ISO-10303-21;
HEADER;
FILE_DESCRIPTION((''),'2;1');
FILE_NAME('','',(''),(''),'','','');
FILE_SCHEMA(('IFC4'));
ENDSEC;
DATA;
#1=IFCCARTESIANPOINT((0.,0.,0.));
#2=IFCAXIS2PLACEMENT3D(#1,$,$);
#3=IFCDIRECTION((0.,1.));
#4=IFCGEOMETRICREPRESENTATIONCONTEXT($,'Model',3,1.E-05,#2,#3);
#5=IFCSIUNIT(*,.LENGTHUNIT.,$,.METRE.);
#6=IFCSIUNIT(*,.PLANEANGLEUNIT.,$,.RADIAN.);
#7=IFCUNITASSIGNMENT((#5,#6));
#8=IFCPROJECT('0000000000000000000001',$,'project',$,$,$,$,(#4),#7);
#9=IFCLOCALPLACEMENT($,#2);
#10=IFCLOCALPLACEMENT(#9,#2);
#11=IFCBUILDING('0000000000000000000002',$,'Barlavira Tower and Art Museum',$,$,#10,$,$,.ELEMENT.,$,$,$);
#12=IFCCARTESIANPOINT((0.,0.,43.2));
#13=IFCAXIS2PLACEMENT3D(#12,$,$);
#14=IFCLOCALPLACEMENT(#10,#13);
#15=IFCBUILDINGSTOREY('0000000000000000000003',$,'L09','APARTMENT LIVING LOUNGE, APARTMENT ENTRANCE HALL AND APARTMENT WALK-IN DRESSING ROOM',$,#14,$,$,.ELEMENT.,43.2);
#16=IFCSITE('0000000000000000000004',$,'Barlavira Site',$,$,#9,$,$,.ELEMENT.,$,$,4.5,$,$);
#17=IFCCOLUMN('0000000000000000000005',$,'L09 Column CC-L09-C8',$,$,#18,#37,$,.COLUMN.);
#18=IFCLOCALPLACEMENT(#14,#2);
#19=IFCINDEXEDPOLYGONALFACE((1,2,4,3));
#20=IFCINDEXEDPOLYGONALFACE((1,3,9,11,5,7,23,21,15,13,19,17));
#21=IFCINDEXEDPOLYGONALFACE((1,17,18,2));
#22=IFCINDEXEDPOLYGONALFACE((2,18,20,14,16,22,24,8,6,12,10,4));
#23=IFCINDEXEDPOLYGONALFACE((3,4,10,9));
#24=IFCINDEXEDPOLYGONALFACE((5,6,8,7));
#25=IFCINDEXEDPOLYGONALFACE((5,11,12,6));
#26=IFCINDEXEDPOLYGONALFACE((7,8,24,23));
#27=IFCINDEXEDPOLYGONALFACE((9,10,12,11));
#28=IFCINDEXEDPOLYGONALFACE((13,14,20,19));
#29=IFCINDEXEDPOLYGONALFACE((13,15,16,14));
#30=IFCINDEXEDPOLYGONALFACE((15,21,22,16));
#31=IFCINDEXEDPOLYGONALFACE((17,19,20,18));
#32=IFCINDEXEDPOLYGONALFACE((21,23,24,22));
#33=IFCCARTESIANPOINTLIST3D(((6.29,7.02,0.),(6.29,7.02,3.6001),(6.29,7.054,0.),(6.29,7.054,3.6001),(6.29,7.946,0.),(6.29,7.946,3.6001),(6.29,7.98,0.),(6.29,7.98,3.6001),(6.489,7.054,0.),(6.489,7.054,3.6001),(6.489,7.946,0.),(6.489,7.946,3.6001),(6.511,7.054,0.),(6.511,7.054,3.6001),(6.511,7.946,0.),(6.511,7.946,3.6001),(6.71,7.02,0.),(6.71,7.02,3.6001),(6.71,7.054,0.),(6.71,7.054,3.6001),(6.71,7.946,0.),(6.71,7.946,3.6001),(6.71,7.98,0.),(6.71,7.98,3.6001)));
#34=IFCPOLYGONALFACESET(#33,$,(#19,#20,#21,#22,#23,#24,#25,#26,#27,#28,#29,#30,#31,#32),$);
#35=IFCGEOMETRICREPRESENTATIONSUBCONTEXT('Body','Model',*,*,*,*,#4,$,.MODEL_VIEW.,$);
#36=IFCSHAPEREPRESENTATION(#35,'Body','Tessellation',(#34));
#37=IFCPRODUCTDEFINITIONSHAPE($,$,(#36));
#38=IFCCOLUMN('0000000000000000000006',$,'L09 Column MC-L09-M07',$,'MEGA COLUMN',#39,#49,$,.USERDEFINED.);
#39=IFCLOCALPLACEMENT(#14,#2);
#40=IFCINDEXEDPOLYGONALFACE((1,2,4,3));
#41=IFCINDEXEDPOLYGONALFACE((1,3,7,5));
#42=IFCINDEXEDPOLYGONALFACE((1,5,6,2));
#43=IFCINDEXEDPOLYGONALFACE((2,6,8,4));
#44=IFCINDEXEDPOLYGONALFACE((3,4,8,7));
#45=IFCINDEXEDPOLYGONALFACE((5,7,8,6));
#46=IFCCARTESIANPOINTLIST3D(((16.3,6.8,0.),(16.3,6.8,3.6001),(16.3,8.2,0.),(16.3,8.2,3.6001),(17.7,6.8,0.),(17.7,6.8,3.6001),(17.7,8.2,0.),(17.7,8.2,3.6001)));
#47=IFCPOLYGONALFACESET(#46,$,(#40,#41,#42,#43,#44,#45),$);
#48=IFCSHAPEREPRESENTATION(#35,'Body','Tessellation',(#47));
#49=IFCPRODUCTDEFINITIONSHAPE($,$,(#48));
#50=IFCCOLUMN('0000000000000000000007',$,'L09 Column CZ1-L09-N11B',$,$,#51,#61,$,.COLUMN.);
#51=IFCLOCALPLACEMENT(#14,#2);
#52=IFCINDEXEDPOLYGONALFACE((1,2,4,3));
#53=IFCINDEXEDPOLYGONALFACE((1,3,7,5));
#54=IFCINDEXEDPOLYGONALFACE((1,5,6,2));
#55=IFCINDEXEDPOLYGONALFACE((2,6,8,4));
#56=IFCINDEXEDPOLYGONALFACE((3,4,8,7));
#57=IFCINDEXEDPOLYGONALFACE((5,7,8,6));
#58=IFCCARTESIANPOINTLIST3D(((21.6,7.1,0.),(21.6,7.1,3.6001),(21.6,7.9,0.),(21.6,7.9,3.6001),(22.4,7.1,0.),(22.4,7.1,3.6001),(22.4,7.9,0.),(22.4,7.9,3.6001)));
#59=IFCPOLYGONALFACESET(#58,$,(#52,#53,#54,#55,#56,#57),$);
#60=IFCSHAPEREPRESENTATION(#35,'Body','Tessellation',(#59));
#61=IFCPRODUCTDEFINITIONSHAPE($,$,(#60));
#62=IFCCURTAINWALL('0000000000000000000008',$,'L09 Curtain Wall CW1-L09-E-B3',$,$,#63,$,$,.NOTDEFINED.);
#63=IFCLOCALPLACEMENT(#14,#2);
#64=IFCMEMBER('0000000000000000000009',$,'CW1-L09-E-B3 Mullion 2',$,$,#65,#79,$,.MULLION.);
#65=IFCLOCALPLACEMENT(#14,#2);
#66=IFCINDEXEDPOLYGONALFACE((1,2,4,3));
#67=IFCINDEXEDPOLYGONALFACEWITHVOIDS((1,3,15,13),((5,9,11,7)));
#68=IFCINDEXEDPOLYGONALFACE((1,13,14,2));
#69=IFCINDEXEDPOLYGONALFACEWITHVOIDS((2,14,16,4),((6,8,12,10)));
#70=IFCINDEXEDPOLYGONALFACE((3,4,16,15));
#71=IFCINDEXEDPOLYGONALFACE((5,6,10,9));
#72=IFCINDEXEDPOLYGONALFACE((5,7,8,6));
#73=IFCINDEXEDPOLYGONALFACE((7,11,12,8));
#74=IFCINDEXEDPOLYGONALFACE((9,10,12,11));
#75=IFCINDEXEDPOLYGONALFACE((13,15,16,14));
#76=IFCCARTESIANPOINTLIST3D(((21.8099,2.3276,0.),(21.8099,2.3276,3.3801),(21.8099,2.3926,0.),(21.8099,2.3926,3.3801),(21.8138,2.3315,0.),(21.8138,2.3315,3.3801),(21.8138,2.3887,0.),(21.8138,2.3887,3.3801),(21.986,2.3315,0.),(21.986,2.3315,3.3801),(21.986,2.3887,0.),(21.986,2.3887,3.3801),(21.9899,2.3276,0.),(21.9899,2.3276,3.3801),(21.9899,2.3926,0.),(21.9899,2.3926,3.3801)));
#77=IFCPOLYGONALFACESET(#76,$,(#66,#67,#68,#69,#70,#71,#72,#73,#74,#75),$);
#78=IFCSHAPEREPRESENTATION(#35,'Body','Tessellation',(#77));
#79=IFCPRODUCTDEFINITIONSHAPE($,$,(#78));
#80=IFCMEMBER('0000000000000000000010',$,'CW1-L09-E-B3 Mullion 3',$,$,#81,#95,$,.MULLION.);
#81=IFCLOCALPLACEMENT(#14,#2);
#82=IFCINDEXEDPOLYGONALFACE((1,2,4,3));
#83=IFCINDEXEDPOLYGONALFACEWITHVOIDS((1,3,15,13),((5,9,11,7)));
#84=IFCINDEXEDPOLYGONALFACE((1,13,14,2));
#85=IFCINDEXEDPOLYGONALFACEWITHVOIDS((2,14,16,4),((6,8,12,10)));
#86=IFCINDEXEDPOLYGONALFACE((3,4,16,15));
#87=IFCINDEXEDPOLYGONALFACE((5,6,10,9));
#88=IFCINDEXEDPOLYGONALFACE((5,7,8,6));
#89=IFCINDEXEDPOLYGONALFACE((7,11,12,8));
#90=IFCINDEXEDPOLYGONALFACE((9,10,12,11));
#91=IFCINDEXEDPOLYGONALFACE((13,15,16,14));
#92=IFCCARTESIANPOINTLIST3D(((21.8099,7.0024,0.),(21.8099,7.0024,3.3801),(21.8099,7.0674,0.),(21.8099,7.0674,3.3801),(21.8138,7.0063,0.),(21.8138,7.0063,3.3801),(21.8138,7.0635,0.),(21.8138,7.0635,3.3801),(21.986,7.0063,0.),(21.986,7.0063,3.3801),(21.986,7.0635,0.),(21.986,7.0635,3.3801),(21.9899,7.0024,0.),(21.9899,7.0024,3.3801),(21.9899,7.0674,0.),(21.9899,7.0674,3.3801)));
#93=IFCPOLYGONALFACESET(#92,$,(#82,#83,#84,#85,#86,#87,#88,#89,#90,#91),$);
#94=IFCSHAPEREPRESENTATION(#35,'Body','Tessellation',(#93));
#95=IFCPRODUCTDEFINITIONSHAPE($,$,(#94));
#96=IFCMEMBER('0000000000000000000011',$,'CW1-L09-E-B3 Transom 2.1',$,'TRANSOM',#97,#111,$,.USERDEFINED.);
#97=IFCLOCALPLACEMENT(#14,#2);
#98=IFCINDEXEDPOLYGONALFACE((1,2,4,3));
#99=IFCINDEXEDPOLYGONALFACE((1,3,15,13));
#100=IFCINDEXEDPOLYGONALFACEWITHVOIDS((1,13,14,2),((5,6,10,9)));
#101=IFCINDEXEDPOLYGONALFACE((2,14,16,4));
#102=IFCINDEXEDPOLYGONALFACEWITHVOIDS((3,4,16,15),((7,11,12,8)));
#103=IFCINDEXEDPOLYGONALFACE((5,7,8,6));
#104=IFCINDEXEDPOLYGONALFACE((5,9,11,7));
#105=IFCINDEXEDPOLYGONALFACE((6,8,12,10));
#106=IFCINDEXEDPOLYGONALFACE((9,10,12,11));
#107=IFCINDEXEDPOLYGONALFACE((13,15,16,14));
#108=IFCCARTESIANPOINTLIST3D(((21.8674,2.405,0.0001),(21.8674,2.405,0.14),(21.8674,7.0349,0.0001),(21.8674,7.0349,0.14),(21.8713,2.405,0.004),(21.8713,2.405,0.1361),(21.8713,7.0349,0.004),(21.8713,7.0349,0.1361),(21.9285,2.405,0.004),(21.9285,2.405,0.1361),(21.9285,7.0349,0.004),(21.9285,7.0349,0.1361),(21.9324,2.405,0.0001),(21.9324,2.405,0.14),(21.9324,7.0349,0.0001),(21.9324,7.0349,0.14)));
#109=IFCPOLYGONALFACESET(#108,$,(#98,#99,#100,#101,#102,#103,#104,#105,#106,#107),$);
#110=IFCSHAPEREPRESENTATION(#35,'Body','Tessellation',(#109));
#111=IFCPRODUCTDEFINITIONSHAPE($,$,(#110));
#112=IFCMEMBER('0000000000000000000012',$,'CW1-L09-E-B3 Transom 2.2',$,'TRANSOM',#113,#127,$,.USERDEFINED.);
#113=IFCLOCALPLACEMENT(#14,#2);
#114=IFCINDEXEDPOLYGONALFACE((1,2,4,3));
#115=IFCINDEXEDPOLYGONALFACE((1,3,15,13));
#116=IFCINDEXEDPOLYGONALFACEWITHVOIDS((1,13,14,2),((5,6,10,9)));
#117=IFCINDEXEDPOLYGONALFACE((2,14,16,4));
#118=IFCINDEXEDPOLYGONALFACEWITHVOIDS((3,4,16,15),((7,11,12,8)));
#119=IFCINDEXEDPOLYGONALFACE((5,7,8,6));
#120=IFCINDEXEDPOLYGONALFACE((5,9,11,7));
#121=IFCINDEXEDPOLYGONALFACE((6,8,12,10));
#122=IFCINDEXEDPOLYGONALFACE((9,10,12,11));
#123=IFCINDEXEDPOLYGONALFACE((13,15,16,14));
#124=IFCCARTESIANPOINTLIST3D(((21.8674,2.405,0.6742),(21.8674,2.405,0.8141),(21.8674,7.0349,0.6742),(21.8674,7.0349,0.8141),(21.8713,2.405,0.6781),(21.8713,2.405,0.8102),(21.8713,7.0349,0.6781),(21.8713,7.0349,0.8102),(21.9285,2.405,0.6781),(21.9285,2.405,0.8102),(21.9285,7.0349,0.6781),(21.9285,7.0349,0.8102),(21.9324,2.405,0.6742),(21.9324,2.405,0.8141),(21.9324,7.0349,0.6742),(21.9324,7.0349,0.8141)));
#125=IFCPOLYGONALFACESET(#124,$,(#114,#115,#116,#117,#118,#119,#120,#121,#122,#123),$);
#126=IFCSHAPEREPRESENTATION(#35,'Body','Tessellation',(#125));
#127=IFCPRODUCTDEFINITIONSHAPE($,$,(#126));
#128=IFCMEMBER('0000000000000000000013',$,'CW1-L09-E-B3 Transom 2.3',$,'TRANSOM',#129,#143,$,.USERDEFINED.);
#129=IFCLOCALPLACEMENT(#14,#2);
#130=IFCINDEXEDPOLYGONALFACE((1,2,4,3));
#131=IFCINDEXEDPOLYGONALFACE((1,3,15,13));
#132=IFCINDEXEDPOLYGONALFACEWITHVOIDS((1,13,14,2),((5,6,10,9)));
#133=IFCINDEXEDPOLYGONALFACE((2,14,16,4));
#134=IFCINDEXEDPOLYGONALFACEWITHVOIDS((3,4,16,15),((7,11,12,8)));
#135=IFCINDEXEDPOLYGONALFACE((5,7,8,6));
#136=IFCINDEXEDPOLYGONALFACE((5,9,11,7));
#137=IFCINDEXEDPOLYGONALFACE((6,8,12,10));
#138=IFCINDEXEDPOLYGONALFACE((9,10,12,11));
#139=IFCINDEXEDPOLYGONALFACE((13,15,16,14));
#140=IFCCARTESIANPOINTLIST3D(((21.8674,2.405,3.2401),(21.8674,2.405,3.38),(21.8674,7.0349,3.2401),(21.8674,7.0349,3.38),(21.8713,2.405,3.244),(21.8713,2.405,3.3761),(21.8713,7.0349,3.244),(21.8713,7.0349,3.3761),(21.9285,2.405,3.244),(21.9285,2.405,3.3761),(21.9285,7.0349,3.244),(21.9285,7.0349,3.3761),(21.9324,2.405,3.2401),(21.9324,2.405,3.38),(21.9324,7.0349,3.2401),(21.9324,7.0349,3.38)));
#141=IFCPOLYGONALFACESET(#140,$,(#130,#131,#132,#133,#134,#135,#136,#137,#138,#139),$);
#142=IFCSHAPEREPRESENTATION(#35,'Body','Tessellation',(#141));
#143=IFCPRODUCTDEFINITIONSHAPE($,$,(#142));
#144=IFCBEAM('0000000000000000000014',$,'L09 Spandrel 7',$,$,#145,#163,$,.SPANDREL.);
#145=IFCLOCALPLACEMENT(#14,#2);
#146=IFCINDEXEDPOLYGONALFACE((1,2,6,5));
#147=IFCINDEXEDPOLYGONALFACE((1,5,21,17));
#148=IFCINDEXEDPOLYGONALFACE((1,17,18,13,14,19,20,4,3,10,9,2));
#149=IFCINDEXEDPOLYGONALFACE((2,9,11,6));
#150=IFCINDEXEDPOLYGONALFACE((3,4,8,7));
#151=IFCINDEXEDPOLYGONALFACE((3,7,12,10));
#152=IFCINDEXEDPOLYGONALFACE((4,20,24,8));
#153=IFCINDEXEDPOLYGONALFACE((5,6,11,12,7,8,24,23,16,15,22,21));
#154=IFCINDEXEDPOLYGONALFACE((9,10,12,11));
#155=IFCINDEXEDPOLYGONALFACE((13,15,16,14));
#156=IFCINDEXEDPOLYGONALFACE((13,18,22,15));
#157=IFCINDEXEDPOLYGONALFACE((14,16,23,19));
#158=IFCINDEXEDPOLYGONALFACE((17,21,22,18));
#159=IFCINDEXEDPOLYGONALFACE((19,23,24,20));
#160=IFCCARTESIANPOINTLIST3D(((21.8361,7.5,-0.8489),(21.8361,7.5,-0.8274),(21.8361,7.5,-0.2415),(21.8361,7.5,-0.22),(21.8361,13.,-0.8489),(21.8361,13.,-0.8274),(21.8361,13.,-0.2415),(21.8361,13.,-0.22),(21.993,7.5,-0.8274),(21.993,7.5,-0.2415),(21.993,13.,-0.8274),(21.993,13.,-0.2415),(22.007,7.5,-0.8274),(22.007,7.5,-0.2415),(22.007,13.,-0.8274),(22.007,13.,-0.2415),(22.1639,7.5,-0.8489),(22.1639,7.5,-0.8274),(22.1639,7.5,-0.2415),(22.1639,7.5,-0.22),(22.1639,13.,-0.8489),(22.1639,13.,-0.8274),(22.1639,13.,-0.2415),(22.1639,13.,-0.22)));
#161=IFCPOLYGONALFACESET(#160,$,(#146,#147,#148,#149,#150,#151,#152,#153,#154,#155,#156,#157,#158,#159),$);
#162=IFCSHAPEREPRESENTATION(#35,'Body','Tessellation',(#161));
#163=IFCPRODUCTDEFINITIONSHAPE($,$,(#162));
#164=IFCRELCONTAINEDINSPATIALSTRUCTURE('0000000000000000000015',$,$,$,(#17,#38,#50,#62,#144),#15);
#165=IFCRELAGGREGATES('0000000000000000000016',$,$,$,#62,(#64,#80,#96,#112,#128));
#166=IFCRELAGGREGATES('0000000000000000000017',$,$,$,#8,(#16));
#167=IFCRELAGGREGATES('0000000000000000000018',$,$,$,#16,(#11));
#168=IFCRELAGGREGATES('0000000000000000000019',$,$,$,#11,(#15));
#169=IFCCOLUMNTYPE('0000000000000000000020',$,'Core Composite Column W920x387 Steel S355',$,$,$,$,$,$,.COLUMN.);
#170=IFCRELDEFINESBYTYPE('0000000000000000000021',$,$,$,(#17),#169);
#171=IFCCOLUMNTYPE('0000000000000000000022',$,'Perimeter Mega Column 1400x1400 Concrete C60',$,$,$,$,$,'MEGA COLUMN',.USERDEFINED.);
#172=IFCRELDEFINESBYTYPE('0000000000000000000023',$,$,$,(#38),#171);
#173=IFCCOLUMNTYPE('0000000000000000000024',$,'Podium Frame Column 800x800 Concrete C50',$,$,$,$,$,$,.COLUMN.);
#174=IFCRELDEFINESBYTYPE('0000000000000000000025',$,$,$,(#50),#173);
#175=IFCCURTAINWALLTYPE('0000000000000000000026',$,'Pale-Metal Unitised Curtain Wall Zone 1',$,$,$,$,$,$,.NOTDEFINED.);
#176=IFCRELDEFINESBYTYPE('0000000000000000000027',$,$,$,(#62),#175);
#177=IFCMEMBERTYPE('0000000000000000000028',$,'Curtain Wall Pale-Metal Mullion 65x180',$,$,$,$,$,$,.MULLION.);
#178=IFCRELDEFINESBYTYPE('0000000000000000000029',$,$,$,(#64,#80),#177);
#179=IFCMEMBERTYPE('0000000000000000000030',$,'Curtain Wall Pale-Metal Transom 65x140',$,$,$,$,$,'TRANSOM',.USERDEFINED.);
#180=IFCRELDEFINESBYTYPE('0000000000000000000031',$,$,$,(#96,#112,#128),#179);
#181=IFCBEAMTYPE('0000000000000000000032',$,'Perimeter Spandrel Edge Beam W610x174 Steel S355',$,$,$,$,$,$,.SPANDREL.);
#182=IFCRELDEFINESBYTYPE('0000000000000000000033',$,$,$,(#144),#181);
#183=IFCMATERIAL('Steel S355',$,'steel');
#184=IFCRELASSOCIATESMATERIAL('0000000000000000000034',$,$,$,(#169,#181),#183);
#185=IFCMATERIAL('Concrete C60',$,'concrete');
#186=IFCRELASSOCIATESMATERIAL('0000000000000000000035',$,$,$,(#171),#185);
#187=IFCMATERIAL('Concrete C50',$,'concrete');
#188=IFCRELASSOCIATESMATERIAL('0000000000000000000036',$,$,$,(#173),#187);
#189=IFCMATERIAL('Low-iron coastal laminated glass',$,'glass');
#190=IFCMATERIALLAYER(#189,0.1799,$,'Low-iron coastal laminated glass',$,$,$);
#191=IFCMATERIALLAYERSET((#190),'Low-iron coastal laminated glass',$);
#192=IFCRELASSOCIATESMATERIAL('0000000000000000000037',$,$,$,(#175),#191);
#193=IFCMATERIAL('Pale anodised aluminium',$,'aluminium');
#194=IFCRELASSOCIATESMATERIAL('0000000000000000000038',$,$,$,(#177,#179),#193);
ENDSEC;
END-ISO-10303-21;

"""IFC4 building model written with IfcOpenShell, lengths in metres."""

from ifc_helpers import new_model, si_unit, direction, frame, origin, origin_2d, place, context, subcontext, project, spatial, rectangle, hollow_rectangle, i_section, extrude, material, layer, layer_set, material_profile, profile_set, type_object, element, aggregate, save


model = new_model("IFC4")

# Units and contexts
model_context = context("Model", 3, precision=1e-05, world=origin(), true_north=direction((0.0, 1.0)))
body_context = subcontext(model_context, "Body", "Model", "MODEL_VIEW")
ifc_project = project(units=[si_unit("LENGTHUNIT", "METRE"), si_unit("PLANEANGLEUNIT", "RADIAN")], contexts=[model_context])

# Site, building, storey
site_placement = place(None, origin())
site = spatial("IfcSite", under=ifc_project, at=site_placement, Name="Barlavira Site", CompositionType="ELEMENT", RefElevation=4.5)
building_placement = place(site_placement, origin())
building = spatial("IfcBuilding", under=site, at=building_placement, Name="Barlavira Tower and Art Museum", CompositionType="ELEMENT")
storey_placement = place(building_placement, frame((0.0, 0.0, 43.2)))
storey = spatial("IfcBuildingStorey", under=building, at=storey_placement, Name="L09", Description="APARTMENT LIVING LOUNGE, APARTMENT ENTRANCE HALL AND APARTMENT WALK-IN DRESSING ROOM", CompositionType="ELEMENT", Elevation=43.2)

# Columns
ifc_material_1 = material(Name="Steel S355", Category="steel")
ifc_material_profile_1 = material_profile(ifc_material_1, i_section(OverallWidth=0.4199, OverallDepth=0.96, WebThickness=0.022, FlangeThickness=0.0339, at=origin_2d()), Name="W920x387.0")
ifc_profile_set_1 = profile_set([ifc_material_profile_1], Name="Steel S355")
column_type_1 = type_object("IfcColumnType", Name="Core Composite Column W920x387 Steel S355", PredefinedType="COLUMN", material=ifc_profile_set_1)
column_1_placement = place(storey_placement, frame((6.5, 7.5, 0.0), z_axis=(0.0, 0.0, 1.0), x_axis=(1.0, 0.0, 0.0)))
element("IfcColumn", 1, at=column_1_placement, inside=storey, type_object=column_type_1, Name="L09 Column CC-L09-C8", PredefinedType="COLUMN", context=body_context, shape_type="SweptSolid", body=[
    extrude(i_section(OverallWidth=0.4199, OverallDepth=0.96, WebThickness=0.022, FlangeThickness=0.0339, at=origin_2d()), origin(), (0.0, 0.0, 1.0), 3.6001),
])
ifc_material_2 = material(Name="Concrete C60", Category="concrete")
ifc_material_profile_2 = material_profile(ifc_material_2, rectangle(XDim=1.3999, YDim=1.3999, at=origin_2d()), Name="RC-MCOL 1400x1400")
ifc_profile_set_2 = profile_set([ifc_material_profile_2], Name="Concrete C60")
column_type_2 = type_object("IfcColumnType", Name="Perimeter Mega Column 1400x1400 Concrete C60", ElementType="MEGA COLUMN", PredefinedType="USERDEFINED", material=ifc_profile_set_2)
column_2_placement = place(storey_placement, frame((17.0, 7.5, 0.0), z_axis=(0.0, 0.0, 1.0), x_axis=(1.0, 0.0, 0.0)))
element("IfcColumn", 2, at=column_2_placement, inside=storey, type_object=column_type_2, Name="L09 Column MC-L09-M07", ObjectType="MEGA COLUMN", PredefinedType="USERDEFINED", context=body_context, shape_type="SweptSolid", body=[
    extrude(rectangle(XDim=1.3999, YDim=1.3999, at=origin_2d()), origin(), (0.0, 0.0, 1.0), 3.6001),
])
ifc_material_3 = material(Name="Concrete C50", Category="concrete")
ifc_material_profile_3 = material_profile(ifc_material_3, rectangle(XDim=0.8, YDim=0.8, at=origin_2d()), Name="RC-COL 800x800")
ifc_profile_set_3 = profile_set([ifc_material_profile_3], Name="Concrete C50")
column_type_3 = type_object("IfcColumnType", Name="Podium Frame Column 800x800 Concrete C50", PredefinedType="COLUMN", material=ifc_profile_set_3)
column_3_placement = place(storey_placement, frame((22.0, 7.5, 0.0), z_axis=(0.0, 0.0, 1.0), x_axis=(1.0, 0.0, 0.0)))
element("IfcColumn", 3, at=column_3_placement, inside=storey, type_object=column_type_3, Name="L09 Column CZ1-L09-N11B", PredefinedType="COLUMN", context=body_context, shape_type="SweptSolid", body=[
    extrude(rectangle(XDim=0.8, YDim=0.8, at=origin_2d()), origin(), (0.0, 0.0, 1.0), 3.6001),
])

# Curtain wall, members
ifc_material_4 = material(Name="Low-iron coastal laminated glass", Category="glass")
ifc_layer_1 = layer(ifc_material_4, 0.1799, Name="Low-iron coastal laminated glass")
ifc_layer_set_1 = layer_set([ifc_layer_1], Name="Low-iron coastal laminated glass")
curtain_wall_type = type_object("IfcCurtainWallType", Name="Pale-Metal Unitised Curtain Wall Zone 1", PredefinedType="NOTDEFINED", material=ifc_layer_set_1)
curtain_wall_placement = place(storey_placement, origin())
curtain_wall = element("IfcCurtainWall", 4, at=curtain_wall_placement, inside=storey, type_object=curtain_wall_type, Name="L09 Curtain Wall CW1-L09-E-B3", PredefinedType="NOTDEFINED")
ifc_material_5 = material(Name="Pale anodised aluminium", Category="aluminium")
ifc_material_profile_4 = material_profile(ifc_material_5, hollow_rectangle(XDim=0.0649, YDim=0.1799, WallThickness=0.0039, at=origin_2d()), Name="ALU-MULL 65x180x4")
ifc_profile_set_4 = profile_set([ifc_material_profile_4], Name="Pale anodised aluminium")
member_type_1 = type_object("IfcMemberType", Name="Curtain Wall Pale-Metal Mullion 65x180", PredefinedType="MULLION", material=ifc_profile_set_4)
member_1_placement = place(storey_placement, frame((21.8999, 2.3601, 0.0), z_axis=(0.0, 0.0, 1.0), x_axis=(0.0, 1.0, 0.0)))
member_1 = element("IfcMember", 5, at=member_1_placement, type_object=member_type_1, Name="CW1-L09-E-B3 Mullion 2", PredefinedType="MULLION", context=body_context, shape_type="SweptSolid", body=[
    extrude(hollow_rectangle(XDim=0.0649, YDim=0.1799, WallThickness=0.0039, at=origin_2d()), origin(), (0.0, 0.0, 1.0), 3.3801),
])
member_2_placement = place(storey_placement, frame((21.8999, 7.0349, 0.0), z_axis=(0.0, 0.0, 1.0), x_axis=(0.0, 1.0, 0.0)))
member_2 = element("IfcMember", 6, at=member_2_placement, type_object=member_type_1, Name="CW1-L09-E-B3 Mullion 3", PredefinedType="MULLION", context=body_context, shape_type="SweptSolid", body=[
    extrude(hollow_rectangle(XDim=0.0649, YDim=0.1799, WallThickness=0.0039, at=origin_2d()), origin(), (0.0, 0.0, 1.0), 3.3801),
])
ifc_material_profile_5 = material_profile(ifc_material_5, hollow_rectangle(XDim=0.0649, YDim=0.1399, WallThickness=0.0039, at=origin_2d()), Name="ALU-TRAN 65x140x4")
ifc_profile_set_5 = profile_set([ifc_material_profile_5], Name="Pale anodised aluminium")
member_type_2 = type_object("IfcMemberType", Name="Curtain Wall Pale-Metal Transom 65x140", ElementType="TRANSOM", PredefinedType="USERDEFINED", material=ifc_profile_set_5)
member_3_placement = place(storey_placement, frame((21.8999, 2.405, 0.0701), z_axis=(0.0, 1.0, 0.0), x_axis=(-1.0, 0.0, 0.0)))
member_3 = element("IfcMember", 7, at=member_3_placement, type_object=member_type_2, Name="CW1-L09-E-B3 Transom 2.1", ObjectType="TRANSOM", PredefinedType="USERDEFINED", context=body_context, shape_type="SweptSolid", body=[
    extrude(hollow_rectangle(XDim=0.0649, YDim=0.1399, WallThickness=0.0039, at=origin_2d()), origin(), (0.0, 0.0, 1.0), 4.6299),
])
member_4_placement = place(storey_placement, frame((21.8999, 2.405, 0.7441), z_axis=(0.0, 1.0, 0.0), x_axis=(-1.0, 0.0, 0.0)))
member_4 = element("IfcMember", 8, at=member_4_placement, type_object=member_type_2, Name="CW1-L09-E-B3 Transom 2.2", ObjectType="TRANSOM", PredefinedType="USERDEFINED", context=body_context, shape_type="SweptSolid", body=[
    extrude(hollow_rectangle(XDim=0.0649, YDim=0.1399, WallThickness=0.0039, at=origin_2d()), origin(), (0.0, 0.0, 1.0), 4.6299),
])
member_5_placement = place(storey_placement, frame((21.8999, 2.405, 3.3101), z_axis=(0.0, 1.0, 0.0), x_axis=(-1.0, 0.0, 0.0)))
member_5 = element("IfcMember", 9, at=member_5_placement, type_object=member_type_2, Name="CW1-L09-E-B3 Transom 2.3", ObjectType="TRANSOM", PredefinedType="USERDEFINED", context=body_context, shape_type="SweptSolid", body=[
    extrude(hollow_rectangle(XDim=0.0649, YDim=0.1399, WallThickness=0.0039, at=origin_2d()), origin(), (0.0, 0.0, 1.0), 4.6299),
])

# Beam
ifc_material_profile_6 = material_profile(ifc_material_1, i_section(OverallWidth=0.3279, OverallDepth=0.6289, WebThickness=0.0139, FlangeThickness=0.0215, at=origin_2d()), Name="W610x174.0")
ifc_profile_set_6 = profile_set([ifc_material_profile_6], Name="Steel S355")
beam_type_1 = type_object("IfcBeamType", Name="Perimeter Spandrel Edge Beam W610x174 Steel S355", PredefinedType="SPANDREL", material=ifc_profile_set_6)
beam_1_placement = place(storey_placement, frame((22.0, 7.5, -0.5344), z_axis=(0.0, 1.0, 0.0), x_axis=(-1.0, 0.0, 0.0)))
element("IfcBeam", 10, at=beam_1_placement, inside=storey, type_object=beam_type_1, Name="L09 Spandrel 7", PredefinedType="SPANDREL", context=body_context, shape_type="SweptSolid", body=[
    extrude(i_section(OverallWidth=0.3279, OverallDepth=0.6289, WebThickness=0.0139, FlangeThickness=0.0215, at=origin_2d()), origin(), (0.0, 0.0, 1.0), 5.5),
])

aggregate(curtain_wall, [member_1, member_2, member_3, member_4, member_5])

save(model, "model.ifc")
